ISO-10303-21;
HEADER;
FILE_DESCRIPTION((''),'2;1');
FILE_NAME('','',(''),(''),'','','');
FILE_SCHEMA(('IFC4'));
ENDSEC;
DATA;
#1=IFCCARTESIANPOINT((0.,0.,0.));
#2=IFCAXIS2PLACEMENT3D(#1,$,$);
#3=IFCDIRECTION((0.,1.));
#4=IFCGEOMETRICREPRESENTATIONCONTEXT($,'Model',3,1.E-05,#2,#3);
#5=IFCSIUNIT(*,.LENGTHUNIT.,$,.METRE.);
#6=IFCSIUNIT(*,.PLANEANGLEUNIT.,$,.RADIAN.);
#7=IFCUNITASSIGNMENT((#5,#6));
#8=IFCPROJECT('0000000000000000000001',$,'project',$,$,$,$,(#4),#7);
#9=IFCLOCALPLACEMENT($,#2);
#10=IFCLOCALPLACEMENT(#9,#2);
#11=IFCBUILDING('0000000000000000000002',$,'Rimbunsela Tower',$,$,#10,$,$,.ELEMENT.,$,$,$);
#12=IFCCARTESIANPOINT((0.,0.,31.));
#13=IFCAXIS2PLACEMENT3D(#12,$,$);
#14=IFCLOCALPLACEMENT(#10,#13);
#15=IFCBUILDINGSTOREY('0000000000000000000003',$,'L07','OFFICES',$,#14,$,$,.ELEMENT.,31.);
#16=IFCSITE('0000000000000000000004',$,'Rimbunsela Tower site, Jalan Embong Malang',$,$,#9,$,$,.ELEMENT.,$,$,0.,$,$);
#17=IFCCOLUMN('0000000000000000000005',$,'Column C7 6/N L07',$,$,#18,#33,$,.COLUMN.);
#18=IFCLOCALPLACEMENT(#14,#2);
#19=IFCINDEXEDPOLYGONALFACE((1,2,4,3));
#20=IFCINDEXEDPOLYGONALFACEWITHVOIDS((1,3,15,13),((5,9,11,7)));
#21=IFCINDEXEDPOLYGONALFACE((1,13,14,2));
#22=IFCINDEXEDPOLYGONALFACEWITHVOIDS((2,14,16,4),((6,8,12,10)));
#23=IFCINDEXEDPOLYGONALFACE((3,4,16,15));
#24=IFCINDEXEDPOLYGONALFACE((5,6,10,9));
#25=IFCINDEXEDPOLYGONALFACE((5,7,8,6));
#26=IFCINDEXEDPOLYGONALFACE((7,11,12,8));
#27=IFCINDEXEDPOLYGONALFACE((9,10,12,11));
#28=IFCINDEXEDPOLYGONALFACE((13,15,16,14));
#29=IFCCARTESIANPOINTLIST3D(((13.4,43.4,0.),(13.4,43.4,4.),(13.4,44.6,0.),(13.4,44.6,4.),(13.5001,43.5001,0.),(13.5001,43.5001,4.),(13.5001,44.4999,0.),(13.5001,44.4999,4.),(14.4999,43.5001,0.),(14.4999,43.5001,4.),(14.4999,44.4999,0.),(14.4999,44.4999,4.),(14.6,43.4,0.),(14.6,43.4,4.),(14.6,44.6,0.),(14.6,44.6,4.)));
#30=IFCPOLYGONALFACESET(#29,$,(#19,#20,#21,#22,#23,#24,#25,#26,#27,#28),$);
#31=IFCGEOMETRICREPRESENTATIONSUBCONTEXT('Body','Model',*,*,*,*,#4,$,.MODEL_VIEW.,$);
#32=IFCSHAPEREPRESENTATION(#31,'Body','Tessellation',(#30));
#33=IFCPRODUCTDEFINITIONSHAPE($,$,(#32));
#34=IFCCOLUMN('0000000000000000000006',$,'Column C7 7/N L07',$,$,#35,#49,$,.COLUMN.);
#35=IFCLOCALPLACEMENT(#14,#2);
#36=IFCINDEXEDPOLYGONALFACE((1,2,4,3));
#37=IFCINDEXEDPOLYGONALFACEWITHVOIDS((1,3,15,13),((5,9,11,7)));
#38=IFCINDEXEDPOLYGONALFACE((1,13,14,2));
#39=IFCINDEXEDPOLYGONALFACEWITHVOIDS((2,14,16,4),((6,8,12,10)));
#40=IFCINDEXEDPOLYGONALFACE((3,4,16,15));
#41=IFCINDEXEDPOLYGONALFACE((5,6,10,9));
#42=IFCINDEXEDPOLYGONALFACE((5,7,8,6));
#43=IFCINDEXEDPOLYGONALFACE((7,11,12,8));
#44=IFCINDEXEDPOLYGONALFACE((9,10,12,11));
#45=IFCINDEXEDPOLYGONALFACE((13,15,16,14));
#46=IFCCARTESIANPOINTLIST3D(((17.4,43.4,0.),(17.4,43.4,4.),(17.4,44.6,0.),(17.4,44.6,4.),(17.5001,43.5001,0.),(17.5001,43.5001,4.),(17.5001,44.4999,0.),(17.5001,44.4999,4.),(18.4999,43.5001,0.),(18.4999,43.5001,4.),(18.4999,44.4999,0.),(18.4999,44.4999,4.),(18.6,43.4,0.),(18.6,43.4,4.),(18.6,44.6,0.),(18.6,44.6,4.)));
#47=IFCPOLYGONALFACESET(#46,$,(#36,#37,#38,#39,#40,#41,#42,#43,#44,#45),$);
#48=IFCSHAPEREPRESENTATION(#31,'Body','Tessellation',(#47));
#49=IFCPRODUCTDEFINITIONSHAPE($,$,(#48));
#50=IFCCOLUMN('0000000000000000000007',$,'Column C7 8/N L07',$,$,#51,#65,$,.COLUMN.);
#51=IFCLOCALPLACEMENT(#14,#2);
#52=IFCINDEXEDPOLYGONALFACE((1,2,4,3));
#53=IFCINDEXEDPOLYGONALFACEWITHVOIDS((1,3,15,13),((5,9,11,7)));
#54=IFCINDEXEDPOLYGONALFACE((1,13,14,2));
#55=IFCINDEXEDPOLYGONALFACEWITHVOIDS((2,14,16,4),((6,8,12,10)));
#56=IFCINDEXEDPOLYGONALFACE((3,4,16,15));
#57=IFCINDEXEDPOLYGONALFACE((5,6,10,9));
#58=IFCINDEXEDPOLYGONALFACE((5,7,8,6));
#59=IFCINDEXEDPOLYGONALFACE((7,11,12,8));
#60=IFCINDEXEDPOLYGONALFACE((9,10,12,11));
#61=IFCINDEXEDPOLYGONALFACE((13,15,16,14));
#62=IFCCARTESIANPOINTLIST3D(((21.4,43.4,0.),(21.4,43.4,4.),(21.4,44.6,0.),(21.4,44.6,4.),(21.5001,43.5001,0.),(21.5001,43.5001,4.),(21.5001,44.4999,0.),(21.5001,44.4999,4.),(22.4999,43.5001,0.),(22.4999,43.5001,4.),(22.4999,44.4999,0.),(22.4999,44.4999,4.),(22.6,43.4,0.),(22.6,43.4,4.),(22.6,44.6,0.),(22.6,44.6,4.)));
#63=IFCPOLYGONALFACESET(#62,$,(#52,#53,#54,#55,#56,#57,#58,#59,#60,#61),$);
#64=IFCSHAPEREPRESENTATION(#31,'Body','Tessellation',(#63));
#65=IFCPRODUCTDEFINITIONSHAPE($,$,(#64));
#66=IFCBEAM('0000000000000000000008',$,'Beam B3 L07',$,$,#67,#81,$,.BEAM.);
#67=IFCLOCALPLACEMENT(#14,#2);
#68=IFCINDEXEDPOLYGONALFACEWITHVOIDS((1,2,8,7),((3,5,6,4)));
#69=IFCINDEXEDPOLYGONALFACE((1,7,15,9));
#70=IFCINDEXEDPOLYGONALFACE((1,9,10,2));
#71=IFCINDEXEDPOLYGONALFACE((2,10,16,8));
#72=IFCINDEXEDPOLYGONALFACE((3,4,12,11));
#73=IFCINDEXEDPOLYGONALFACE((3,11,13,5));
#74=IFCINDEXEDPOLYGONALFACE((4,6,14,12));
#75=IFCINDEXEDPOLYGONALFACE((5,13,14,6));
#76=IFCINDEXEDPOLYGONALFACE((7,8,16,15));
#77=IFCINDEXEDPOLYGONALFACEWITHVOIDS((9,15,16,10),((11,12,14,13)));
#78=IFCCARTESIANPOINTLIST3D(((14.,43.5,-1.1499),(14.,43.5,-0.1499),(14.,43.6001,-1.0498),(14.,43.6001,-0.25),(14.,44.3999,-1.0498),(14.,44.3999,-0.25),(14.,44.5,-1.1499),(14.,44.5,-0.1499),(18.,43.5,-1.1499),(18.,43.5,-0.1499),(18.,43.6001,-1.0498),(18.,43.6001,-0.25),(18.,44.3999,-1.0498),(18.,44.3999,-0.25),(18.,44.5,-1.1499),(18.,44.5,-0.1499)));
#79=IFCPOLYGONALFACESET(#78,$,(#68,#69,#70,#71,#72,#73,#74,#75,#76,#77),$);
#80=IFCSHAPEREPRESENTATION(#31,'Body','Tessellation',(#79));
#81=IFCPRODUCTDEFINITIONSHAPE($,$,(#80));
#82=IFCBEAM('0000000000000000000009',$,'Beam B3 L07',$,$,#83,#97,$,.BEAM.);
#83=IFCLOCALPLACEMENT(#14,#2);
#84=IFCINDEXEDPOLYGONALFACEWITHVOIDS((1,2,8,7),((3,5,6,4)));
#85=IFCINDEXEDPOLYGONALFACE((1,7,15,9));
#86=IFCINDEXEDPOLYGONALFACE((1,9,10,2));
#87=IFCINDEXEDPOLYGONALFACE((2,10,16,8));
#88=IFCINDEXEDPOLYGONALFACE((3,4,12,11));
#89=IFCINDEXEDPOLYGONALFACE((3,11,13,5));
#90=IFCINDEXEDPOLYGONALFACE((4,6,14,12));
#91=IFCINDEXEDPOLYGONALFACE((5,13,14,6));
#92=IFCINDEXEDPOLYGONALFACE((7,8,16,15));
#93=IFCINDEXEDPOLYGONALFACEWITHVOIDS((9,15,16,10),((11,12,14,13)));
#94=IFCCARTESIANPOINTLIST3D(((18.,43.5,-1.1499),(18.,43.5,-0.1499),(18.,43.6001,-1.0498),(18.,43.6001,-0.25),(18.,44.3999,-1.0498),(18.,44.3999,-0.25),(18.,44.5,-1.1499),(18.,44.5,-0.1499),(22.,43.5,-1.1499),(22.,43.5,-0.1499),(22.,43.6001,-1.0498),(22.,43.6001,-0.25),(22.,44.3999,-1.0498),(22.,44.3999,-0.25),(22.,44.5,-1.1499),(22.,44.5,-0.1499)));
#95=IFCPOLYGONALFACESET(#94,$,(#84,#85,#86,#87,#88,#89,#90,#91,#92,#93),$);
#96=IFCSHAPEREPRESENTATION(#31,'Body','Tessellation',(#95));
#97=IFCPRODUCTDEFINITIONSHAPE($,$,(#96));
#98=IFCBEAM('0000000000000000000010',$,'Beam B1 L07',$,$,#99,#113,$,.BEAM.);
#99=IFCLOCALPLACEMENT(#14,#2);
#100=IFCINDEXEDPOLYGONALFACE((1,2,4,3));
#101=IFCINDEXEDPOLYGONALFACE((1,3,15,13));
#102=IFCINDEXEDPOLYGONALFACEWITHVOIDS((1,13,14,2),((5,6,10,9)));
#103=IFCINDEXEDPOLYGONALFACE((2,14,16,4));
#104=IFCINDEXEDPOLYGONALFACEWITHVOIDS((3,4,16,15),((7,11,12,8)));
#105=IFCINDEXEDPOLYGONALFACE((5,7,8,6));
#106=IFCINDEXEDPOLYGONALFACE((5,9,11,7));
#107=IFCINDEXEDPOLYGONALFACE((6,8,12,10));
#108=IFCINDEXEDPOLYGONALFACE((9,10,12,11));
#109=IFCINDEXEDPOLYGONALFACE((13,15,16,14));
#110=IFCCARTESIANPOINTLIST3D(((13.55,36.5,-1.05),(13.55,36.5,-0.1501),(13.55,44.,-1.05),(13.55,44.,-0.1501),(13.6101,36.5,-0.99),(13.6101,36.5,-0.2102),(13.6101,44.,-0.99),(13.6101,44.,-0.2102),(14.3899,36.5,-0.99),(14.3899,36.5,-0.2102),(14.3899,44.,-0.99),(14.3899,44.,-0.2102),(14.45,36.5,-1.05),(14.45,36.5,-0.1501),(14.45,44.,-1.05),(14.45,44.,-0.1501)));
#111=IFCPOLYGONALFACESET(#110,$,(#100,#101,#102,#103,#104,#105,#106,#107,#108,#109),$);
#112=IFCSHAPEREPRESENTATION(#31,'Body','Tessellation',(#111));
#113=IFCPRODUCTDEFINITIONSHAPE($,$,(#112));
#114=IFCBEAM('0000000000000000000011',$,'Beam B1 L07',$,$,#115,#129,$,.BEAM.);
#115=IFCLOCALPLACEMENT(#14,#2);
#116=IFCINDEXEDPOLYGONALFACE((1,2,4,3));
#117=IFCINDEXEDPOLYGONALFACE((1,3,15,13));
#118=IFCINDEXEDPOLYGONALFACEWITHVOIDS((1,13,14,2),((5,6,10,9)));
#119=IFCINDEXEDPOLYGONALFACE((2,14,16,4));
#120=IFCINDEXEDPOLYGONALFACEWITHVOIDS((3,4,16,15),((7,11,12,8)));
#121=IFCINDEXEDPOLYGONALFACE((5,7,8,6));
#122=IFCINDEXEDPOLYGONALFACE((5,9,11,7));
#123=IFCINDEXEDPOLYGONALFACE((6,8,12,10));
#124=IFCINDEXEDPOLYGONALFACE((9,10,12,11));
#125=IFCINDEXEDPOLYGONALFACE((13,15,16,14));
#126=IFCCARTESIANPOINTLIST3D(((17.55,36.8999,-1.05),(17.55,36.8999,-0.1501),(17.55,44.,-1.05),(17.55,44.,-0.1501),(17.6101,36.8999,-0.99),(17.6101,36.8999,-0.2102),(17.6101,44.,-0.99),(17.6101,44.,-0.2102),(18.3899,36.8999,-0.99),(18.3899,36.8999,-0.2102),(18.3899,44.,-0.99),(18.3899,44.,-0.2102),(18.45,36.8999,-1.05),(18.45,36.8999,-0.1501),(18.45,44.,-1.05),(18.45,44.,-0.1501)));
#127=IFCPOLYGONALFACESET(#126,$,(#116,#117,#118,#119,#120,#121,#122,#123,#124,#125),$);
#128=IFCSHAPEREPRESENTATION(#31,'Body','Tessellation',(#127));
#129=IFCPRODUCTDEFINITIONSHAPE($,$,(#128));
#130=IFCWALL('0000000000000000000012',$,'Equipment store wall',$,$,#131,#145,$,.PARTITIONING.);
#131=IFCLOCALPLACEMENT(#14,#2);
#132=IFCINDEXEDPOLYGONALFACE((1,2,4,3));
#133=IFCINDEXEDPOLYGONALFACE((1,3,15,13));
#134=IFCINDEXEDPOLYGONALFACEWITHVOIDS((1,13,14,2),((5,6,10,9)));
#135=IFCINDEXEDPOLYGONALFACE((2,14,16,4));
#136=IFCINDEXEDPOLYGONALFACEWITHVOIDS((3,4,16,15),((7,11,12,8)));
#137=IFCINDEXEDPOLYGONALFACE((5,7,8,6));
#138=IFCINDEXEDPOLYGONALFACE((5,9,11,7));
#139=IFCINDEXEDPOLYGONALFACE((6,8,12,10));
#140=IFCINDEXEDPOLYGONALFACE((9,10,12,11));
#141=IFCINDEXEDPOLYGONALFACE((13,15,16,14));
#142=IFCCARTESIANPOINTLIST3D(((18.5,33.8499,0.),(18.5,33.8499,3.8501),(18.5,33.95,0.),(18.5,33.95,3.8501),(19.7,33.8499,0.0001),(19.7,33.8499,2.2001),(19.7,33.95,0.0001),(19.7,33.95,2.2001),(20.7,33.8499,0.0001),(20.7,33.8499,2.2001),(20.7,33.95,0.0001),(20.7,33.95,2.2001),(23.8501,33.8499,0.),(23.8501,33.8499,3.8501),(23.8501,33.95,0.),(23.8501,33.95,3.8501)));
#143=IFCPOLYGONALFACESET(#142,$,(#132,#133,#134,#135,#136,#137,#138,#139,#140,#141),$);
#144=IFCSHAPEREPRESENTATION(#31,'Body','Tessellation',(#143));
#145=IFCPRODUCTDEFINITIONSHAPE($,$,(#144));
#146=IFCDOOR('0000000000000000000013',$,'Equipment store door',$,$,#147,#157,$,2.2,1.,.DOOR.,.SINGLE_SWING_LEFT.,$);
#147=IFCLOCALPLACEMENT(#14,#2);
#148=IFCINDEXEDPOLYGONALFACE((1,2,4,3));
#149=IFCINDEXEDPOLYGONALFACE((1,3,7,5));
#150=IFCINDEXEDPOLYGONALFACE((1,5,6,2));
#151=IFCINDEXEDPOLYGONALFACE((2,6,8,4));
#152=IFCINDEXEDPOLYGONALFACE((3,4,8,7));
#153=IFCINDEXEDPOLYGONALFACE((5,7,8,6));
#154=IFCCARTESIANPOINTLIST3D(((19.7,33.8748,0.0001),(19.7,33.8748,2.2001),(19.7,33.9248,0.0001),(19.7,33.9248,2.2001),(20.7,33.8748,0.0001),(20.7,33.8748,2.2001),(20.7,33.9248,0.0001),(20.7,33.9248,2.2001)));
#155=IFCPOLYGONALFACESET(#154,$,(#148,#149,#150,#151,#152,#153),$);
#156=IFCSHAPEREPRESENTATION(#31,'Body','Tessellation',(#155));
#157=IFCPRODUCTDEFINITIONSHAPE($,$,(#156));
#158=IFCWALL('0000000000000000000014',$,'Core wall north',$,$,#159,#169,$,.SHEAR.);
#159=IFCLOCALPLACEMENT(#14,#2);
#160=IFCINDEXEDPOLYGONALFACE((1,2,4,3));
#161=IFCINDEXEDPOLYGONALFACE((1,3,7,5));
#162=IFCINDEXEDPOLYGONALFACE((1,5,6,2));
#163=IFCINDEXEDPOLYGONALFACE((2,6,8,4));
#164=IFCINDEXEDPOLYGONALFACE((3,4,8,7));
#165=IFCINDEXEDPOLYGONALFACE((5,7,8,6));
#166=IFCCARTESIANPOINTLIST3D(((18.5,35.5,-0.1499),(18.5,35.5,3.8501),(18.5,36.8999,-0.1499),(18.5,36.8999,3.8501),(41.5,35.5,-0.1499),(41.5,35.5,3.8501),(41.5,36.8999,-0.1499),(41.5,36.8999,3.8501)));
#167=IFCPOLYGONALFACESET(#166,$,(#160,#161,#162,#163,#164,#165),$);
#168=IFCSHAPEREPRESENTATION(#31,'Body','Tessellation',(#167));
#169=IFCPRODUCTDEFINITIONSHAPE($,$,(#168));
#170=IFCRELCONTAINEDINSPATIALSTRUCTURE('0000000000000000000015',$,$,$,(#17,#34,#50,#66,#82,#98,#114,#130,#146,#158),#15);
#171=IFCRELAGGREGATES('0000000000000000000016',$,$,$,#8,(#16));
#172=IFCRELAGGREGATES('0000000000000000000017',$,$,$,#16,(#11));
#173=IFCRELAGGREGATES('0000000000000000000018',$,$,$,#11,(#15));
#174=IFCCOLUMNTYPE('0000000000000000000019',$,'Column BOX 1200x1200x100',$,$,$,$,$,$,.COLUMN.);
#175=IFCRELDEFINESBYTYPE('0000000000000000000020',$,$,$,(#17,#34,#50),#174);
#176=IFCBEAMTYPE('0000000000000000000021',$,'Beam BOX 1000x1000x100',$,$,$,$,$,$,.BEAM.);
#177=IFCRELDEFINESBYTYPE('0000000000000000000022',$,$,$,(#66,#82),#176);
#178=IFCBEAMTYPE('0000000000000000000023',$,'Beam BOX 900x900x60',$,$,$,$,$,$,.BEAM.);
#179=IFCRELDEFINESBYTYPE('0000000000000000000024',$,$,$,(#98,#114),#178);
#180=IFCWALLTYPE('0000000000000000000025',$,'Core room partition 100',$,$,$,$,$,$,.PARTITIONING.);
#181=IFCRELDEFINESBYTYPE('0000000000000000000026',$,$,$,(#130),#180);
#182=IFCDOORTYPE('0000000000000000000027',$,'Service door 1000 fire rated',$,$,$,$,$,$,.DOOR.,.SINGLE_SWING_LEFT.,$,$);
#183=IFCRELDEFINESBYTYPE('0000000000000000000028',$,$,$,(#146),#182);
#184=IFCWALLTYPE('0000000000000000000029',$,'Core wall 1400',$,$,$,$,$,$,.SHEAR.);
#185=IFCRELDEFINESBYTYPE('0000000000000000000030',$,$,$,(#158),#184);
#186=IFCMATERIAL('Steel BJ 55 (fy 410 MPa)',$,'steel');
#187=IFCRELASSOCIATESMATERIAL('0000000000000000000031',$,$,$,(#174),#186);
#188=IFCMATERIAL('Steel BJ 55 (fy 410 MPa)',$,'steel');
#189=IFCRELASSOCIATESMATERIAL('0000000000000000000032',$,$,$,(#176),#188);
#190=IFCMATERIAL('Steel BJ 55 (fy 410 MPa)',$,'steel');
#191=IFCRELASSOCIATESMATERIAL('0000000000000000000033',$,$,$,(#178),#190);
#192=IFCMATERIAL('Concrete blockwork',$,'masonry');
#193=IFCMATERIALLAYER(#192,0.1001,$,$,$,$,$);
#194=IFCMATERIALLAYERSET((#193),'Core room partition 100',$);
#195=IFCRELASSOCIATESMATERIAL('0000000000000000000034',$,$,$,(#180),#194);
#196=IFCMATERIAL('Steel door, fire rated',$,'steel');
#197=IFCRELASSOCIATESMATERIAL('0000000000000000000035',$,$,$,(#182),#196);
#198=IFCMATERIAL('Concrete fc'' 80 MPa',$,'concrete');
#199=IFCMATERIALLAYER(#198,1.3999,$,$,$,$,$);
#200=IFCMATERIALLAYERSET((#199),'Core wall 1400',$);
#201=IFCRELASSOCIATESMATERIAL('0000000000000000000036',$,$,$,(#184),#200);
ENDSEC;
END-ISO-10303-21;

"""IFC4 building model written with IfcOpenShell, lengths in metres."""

from ifc_helpers import new_model, si_unit, direction, frame, frame_2d, origin, origin_2d, place, context, subcontext, project, spatial, rectangle, hollow_rectangle, extrude, material, layer, layer_set, material_profile, profile_set, type_object, element, fill, save


model = new_model("IFC4")

# Units and contexts
model_context = context("Model", 3, precision=1e-05, world=origin(), true_north=direction((0.0, 1.0)))
body_context = subcontext(model_context, "Body", "Model", "MODEL_VIEW")
ifc_project = project(units=[si_unit("LENGTHUNIT", "METRE"), si_unit("PLANEANGLEUNIT", "RADIAN")], contexts=[model_context])

# Site, building, storey
site_placement = place(None, origin())
site = spatial("IfcSite", under=ifc_project, at=site_placement, Name="Rimbunsela Tower site, Jalan Embong Malang", CompositionType="ELEMENT", RefElevation=0.0)
building_placement = place(site_placement, origin())
building = spatial("IfcBuilding", under=site, at=building_placement, Name="Rimbunsela Tower", CompositionType="ELEMENT")
storey_placement = place(building_placement, frame((0.0, 0.0, 31.0)))
storey = spatial("IfcBuildingStorey", under=building, at=storey_placement, Name="L07", Description="OFFICES", CompositionType="ELEMENT", Elevation=31.0)

# Columns
ifc_material_1 = material(Name="Steel BJ 55 (fy 410 MPa)", Category="steel")
ifc_material_profile_1 = material_profile(ifc_material_1, hollow_rectangle(XDim=1.2, YDim=1.2, WallThickness=0.1001, at=origin_2d()), Name="BOX 1200x1200x100")
ifc_profile_set_1 = profile_set([ifc_material_profile_1], Name="Steel BJ 55 (fy 410 MPa)")
column_type = type_object("IfcColumnType", Name="Column BOX 1200x1200x100", PredefinedType="COLUMN", material=ifc_profile_set_1)
for number, where, z_axis, x_axis, name in (
    (1, (14.0, 44.0, 0.0), (0.0, 0.0, 1.0), (1.0, 0.0, 0.0), "Column C7 6/N L07"),
    (2, (18.0, 44.0, 0.0), (0.0, 0.0, 1.0), (1.0, 0.0, 0.0), "Column C7 7/N L07"),
    (3, (22.0, 44.0, 0.0), (0.0, 0.0, 1.0), (1.0, 0.0, 0.0), "Column C7 8/N L07"),
):
    element("IfcColumn", number, at=place(storey_placement, frame(where, z_axis=z_axis, x_axis=x_axis)), inside=storey, type_object=column_type, Name=name, PredefinedType="COLUMN", context=body_context, shape_type="SweptSolid", body=[
        extrude(hollow_rectangle(XDim=1.2, YDim=1.2, WallThickness=0.1001, at=origin_2d()), origin(), (0.0, 0.0, 1.0), 4.0),
    ])

# Beams
ifc_material_2 = material(Name="Steel BJ 55 (fy 410 MPa)", Category="steel")
ifc_material_profile_2 = material_profile(ifc_material_2, hollow_rectangle(XDim=1.0, YDim=1.0, WallThickness=0.1001, at=origin_2d()), Name="BOX 1000x1000x100")
ifc_profile_set_2 = profile_set([ifc_material_profile_2], Name="Steel BJ 55 (fy 410 MPa)")
beam_type_1 = type_object("IfcBeamType", Name="Beam BOX 1000x1000x100", PredefinedType="BEAM", material=ifc_profile_set_2)
for number, where, z_axis, x_axis, name in (
    (4, (14.0, 44.0, -0.6499), (1.0, 0.0, 0.0), (0.0, 1.0, 0.0), "Beam B3 L07"),
    (5, (18.0, 44.0, -0.6499), (1.0, 0.0, 0.0), (0.0, 1.0, 0.0), "Beam B3 L07"),
):
    element("IfcBeam", number, at=place(storey_placement, frame(where, z_axis=z_axis, x_axis=x_axis)), inside=storey, type_object=beam_type_1, Name=name, PredefinedType="BEAM", context=body_context, shape_type="SweptSolid", body=[
        extrude(hollow_rectangle(XDim=1.0, YDim=1.0, WallThickness=0.1001, at=origin_2d()), origin(), (0.0, 0.0, 1.0), 4.0),
    ])
ifc_material_3 = material(Name="Steel BJ 55 (fy 410 MPa)", Category="steel")
ifc_material_profile_3 = material_profile(ifc_material_3, hollow_rectangle(XDim=0.8999, YDim=0.8999, WallThickness=0.0601, at=origin_2d()), Name="BOX 900x900x60")
ifc_profile_set_3 = profile_set([ifc_material_profile_3], Name="Steel BJ 55 (fy 410 MPa)")
beam_type_2 = type_object("IfcBeamType", Name="Beam BOX 900x900x60", PredefinedType="BEAM", material=ifc_profile_set_3)
beam_1_placement = place(storey_placement, frame((14.0, 36.5, -0.6001), z_axis=(0.0, 1.0, 0.0), x_axis=(-1.0, 0.0, 0.0)))
element("IfcBeam", 6, at=beam_1_placement, inside=storey, type_object=beam_type_2, Name="Beam B1 L07", PredefinedType="BEAM", context=body_context, shape_type="SweptSolid", body=[
    extrude(hollow_rectangle(XDim=0.8999, YDim=0.8999, WallThickness=0.0601, at=origin_2d()), origin(), (0.0, 0.0, 1.0), 7.5),
])
beam_2_placement = place(storey_placement, frame((18.0, 36.8999, -0.6001), z_axis=(0.0, 1.0, 0.0), x_axis=(-1.0, 0.0, 0.0)))
element("IfcBeam", 7, at=beam_2_placement, inside=storey, type_object=beam_type_2, Name="Beam B1 L07", PredefinedType="BEAM", context=body_context, shape_type="SweptSolid", body=[
    extrude(hollow_rectangle(XDim=0.8999, YDim=0.8999, WallThickness=0.0601, at=origin_2d()), origin(), (0.0, 0.0, 1.0), 7.1001),
])

# Wall, opening, door
ifc_material_4 = material(Name="Concrete blockwork", Category="masonry")
ifc_layer_1 = layer(ifc_material_4, 0.1001)
ifc_layer_set_1 = layer_set([ifc_layer_1], Name="Core room partition 100")
wall_type_1 = type_object("IfcWallType", Name="Core room partition 100", PredefinedType="PARTITIONING", material=ifc_layer_set_1)
wall_1_placement = place(storey_placement, frame((18.5, 33.8999, 0.0), z_axis=(0.0, 0.0, 1.0), x_axis=(1.0, 0.0, 0.0)))
wall_1 = element("IfcWall", 8, at=wall_1_placement, inside=storey, type_object=wall_type_1, Name="Equipment store wall", PredefinedType="PARTITIONING", context=body_context, shape_type="SweptSolid", body=[
    extrude(rectangle(XDim=5.3501, YDim=0.1001, at=frame_2d((2.675, 0.0))), origin(), (0.0, 0.0, 1.0), 3.8501),
])
opening_1_placement = place(wall_1_placement, frame((1.2, 0.0, 0.0)))
opening_1 = element("IfcOpeningElement", 9, at=opening_1_placement, cuts=wall_1, PredefinedType="OPENING", context=body_context, shape_type="SweptSolid", body=[
    extrude(rectangle(XDim=1.0, YDim=2.2, at=frame_2d((0.5, 1.1001))), frame((0.0, 0.0601, 0.0), z_axis=(0.0, -1.0, 0.0), x_axis=(1.0, 0.0, 0.0)), (0.0, 0.0, 1.0), 0.1201),
])
ifc_material_5 = material(Name="Steel door, fire rated", Category="steel")
door_type_1 = type_object("IfcDoorType", Name="Service door 1000 fire rated", OperationType="SINGLE_SWING_LEFT", PredefinedType="DOOR", material=ifc_material_5)
door_1_placement = place(opening_1_placement, origin())
door_1 = element("IfcDoor", 10, at=door_1_placement, inside=storey, type_object=door_type_1, Name="Equipment store door", OperationType="SINGLE_SWING_LEFT", OverallHeight=2.2, OverallWidth=1.0, PredefinedType="DOOR", context=body_context, shape_type="SweptSolid", body=[
    extrude(rectangle(XDim=1.0, YDim=2.2, at=frame_2d((0.5, 1.1001))), frame((0.0, 0.0249, 0.0), z_axis=(0.0, -1.0, 0.0), x_axis=(1.0, 0.0, 0.0)), (0.0, 0.0, 1.0), 0.05),
])
fill(opening_1, door_1)

# Wall
ifc_material_6 = material(Name="Concrete fc' 80 MPa", Category="concrete")
ifc_layer_2 = layer(ifc_material_6, 1.3999)
ifc_layer_set_2 = layer_set([ifc_layer_2], Name="Core wall 1400")
wall_type_2 = type_object("IfcWallType", Name="Core wall 1400", PredefinedType="SHEAR", material=ifc_layer_set_2)
wall_2_placement = place(storey_placement, frame((18.5, 36.2, -0.1499), z_axis=(0.0, 0.0, 1.0), x_axis=(1.0, 0.0, 0.0)))
element("IfcWall", 11, at=wall_2_placement, inside=storey, type_object=wall_type_2, Name="Core wall north", PredefinedType="SHEAR", context=body_context, shape_type="SweptSolid", body=[
    extrude(rectangle(XDim=23.0, YDim=1.3999, at=frame_2d((11.5, 0.0))), origin(), (0.0, 0.0, 1.0), 4.0),
])

save(model, "model.ifc")
